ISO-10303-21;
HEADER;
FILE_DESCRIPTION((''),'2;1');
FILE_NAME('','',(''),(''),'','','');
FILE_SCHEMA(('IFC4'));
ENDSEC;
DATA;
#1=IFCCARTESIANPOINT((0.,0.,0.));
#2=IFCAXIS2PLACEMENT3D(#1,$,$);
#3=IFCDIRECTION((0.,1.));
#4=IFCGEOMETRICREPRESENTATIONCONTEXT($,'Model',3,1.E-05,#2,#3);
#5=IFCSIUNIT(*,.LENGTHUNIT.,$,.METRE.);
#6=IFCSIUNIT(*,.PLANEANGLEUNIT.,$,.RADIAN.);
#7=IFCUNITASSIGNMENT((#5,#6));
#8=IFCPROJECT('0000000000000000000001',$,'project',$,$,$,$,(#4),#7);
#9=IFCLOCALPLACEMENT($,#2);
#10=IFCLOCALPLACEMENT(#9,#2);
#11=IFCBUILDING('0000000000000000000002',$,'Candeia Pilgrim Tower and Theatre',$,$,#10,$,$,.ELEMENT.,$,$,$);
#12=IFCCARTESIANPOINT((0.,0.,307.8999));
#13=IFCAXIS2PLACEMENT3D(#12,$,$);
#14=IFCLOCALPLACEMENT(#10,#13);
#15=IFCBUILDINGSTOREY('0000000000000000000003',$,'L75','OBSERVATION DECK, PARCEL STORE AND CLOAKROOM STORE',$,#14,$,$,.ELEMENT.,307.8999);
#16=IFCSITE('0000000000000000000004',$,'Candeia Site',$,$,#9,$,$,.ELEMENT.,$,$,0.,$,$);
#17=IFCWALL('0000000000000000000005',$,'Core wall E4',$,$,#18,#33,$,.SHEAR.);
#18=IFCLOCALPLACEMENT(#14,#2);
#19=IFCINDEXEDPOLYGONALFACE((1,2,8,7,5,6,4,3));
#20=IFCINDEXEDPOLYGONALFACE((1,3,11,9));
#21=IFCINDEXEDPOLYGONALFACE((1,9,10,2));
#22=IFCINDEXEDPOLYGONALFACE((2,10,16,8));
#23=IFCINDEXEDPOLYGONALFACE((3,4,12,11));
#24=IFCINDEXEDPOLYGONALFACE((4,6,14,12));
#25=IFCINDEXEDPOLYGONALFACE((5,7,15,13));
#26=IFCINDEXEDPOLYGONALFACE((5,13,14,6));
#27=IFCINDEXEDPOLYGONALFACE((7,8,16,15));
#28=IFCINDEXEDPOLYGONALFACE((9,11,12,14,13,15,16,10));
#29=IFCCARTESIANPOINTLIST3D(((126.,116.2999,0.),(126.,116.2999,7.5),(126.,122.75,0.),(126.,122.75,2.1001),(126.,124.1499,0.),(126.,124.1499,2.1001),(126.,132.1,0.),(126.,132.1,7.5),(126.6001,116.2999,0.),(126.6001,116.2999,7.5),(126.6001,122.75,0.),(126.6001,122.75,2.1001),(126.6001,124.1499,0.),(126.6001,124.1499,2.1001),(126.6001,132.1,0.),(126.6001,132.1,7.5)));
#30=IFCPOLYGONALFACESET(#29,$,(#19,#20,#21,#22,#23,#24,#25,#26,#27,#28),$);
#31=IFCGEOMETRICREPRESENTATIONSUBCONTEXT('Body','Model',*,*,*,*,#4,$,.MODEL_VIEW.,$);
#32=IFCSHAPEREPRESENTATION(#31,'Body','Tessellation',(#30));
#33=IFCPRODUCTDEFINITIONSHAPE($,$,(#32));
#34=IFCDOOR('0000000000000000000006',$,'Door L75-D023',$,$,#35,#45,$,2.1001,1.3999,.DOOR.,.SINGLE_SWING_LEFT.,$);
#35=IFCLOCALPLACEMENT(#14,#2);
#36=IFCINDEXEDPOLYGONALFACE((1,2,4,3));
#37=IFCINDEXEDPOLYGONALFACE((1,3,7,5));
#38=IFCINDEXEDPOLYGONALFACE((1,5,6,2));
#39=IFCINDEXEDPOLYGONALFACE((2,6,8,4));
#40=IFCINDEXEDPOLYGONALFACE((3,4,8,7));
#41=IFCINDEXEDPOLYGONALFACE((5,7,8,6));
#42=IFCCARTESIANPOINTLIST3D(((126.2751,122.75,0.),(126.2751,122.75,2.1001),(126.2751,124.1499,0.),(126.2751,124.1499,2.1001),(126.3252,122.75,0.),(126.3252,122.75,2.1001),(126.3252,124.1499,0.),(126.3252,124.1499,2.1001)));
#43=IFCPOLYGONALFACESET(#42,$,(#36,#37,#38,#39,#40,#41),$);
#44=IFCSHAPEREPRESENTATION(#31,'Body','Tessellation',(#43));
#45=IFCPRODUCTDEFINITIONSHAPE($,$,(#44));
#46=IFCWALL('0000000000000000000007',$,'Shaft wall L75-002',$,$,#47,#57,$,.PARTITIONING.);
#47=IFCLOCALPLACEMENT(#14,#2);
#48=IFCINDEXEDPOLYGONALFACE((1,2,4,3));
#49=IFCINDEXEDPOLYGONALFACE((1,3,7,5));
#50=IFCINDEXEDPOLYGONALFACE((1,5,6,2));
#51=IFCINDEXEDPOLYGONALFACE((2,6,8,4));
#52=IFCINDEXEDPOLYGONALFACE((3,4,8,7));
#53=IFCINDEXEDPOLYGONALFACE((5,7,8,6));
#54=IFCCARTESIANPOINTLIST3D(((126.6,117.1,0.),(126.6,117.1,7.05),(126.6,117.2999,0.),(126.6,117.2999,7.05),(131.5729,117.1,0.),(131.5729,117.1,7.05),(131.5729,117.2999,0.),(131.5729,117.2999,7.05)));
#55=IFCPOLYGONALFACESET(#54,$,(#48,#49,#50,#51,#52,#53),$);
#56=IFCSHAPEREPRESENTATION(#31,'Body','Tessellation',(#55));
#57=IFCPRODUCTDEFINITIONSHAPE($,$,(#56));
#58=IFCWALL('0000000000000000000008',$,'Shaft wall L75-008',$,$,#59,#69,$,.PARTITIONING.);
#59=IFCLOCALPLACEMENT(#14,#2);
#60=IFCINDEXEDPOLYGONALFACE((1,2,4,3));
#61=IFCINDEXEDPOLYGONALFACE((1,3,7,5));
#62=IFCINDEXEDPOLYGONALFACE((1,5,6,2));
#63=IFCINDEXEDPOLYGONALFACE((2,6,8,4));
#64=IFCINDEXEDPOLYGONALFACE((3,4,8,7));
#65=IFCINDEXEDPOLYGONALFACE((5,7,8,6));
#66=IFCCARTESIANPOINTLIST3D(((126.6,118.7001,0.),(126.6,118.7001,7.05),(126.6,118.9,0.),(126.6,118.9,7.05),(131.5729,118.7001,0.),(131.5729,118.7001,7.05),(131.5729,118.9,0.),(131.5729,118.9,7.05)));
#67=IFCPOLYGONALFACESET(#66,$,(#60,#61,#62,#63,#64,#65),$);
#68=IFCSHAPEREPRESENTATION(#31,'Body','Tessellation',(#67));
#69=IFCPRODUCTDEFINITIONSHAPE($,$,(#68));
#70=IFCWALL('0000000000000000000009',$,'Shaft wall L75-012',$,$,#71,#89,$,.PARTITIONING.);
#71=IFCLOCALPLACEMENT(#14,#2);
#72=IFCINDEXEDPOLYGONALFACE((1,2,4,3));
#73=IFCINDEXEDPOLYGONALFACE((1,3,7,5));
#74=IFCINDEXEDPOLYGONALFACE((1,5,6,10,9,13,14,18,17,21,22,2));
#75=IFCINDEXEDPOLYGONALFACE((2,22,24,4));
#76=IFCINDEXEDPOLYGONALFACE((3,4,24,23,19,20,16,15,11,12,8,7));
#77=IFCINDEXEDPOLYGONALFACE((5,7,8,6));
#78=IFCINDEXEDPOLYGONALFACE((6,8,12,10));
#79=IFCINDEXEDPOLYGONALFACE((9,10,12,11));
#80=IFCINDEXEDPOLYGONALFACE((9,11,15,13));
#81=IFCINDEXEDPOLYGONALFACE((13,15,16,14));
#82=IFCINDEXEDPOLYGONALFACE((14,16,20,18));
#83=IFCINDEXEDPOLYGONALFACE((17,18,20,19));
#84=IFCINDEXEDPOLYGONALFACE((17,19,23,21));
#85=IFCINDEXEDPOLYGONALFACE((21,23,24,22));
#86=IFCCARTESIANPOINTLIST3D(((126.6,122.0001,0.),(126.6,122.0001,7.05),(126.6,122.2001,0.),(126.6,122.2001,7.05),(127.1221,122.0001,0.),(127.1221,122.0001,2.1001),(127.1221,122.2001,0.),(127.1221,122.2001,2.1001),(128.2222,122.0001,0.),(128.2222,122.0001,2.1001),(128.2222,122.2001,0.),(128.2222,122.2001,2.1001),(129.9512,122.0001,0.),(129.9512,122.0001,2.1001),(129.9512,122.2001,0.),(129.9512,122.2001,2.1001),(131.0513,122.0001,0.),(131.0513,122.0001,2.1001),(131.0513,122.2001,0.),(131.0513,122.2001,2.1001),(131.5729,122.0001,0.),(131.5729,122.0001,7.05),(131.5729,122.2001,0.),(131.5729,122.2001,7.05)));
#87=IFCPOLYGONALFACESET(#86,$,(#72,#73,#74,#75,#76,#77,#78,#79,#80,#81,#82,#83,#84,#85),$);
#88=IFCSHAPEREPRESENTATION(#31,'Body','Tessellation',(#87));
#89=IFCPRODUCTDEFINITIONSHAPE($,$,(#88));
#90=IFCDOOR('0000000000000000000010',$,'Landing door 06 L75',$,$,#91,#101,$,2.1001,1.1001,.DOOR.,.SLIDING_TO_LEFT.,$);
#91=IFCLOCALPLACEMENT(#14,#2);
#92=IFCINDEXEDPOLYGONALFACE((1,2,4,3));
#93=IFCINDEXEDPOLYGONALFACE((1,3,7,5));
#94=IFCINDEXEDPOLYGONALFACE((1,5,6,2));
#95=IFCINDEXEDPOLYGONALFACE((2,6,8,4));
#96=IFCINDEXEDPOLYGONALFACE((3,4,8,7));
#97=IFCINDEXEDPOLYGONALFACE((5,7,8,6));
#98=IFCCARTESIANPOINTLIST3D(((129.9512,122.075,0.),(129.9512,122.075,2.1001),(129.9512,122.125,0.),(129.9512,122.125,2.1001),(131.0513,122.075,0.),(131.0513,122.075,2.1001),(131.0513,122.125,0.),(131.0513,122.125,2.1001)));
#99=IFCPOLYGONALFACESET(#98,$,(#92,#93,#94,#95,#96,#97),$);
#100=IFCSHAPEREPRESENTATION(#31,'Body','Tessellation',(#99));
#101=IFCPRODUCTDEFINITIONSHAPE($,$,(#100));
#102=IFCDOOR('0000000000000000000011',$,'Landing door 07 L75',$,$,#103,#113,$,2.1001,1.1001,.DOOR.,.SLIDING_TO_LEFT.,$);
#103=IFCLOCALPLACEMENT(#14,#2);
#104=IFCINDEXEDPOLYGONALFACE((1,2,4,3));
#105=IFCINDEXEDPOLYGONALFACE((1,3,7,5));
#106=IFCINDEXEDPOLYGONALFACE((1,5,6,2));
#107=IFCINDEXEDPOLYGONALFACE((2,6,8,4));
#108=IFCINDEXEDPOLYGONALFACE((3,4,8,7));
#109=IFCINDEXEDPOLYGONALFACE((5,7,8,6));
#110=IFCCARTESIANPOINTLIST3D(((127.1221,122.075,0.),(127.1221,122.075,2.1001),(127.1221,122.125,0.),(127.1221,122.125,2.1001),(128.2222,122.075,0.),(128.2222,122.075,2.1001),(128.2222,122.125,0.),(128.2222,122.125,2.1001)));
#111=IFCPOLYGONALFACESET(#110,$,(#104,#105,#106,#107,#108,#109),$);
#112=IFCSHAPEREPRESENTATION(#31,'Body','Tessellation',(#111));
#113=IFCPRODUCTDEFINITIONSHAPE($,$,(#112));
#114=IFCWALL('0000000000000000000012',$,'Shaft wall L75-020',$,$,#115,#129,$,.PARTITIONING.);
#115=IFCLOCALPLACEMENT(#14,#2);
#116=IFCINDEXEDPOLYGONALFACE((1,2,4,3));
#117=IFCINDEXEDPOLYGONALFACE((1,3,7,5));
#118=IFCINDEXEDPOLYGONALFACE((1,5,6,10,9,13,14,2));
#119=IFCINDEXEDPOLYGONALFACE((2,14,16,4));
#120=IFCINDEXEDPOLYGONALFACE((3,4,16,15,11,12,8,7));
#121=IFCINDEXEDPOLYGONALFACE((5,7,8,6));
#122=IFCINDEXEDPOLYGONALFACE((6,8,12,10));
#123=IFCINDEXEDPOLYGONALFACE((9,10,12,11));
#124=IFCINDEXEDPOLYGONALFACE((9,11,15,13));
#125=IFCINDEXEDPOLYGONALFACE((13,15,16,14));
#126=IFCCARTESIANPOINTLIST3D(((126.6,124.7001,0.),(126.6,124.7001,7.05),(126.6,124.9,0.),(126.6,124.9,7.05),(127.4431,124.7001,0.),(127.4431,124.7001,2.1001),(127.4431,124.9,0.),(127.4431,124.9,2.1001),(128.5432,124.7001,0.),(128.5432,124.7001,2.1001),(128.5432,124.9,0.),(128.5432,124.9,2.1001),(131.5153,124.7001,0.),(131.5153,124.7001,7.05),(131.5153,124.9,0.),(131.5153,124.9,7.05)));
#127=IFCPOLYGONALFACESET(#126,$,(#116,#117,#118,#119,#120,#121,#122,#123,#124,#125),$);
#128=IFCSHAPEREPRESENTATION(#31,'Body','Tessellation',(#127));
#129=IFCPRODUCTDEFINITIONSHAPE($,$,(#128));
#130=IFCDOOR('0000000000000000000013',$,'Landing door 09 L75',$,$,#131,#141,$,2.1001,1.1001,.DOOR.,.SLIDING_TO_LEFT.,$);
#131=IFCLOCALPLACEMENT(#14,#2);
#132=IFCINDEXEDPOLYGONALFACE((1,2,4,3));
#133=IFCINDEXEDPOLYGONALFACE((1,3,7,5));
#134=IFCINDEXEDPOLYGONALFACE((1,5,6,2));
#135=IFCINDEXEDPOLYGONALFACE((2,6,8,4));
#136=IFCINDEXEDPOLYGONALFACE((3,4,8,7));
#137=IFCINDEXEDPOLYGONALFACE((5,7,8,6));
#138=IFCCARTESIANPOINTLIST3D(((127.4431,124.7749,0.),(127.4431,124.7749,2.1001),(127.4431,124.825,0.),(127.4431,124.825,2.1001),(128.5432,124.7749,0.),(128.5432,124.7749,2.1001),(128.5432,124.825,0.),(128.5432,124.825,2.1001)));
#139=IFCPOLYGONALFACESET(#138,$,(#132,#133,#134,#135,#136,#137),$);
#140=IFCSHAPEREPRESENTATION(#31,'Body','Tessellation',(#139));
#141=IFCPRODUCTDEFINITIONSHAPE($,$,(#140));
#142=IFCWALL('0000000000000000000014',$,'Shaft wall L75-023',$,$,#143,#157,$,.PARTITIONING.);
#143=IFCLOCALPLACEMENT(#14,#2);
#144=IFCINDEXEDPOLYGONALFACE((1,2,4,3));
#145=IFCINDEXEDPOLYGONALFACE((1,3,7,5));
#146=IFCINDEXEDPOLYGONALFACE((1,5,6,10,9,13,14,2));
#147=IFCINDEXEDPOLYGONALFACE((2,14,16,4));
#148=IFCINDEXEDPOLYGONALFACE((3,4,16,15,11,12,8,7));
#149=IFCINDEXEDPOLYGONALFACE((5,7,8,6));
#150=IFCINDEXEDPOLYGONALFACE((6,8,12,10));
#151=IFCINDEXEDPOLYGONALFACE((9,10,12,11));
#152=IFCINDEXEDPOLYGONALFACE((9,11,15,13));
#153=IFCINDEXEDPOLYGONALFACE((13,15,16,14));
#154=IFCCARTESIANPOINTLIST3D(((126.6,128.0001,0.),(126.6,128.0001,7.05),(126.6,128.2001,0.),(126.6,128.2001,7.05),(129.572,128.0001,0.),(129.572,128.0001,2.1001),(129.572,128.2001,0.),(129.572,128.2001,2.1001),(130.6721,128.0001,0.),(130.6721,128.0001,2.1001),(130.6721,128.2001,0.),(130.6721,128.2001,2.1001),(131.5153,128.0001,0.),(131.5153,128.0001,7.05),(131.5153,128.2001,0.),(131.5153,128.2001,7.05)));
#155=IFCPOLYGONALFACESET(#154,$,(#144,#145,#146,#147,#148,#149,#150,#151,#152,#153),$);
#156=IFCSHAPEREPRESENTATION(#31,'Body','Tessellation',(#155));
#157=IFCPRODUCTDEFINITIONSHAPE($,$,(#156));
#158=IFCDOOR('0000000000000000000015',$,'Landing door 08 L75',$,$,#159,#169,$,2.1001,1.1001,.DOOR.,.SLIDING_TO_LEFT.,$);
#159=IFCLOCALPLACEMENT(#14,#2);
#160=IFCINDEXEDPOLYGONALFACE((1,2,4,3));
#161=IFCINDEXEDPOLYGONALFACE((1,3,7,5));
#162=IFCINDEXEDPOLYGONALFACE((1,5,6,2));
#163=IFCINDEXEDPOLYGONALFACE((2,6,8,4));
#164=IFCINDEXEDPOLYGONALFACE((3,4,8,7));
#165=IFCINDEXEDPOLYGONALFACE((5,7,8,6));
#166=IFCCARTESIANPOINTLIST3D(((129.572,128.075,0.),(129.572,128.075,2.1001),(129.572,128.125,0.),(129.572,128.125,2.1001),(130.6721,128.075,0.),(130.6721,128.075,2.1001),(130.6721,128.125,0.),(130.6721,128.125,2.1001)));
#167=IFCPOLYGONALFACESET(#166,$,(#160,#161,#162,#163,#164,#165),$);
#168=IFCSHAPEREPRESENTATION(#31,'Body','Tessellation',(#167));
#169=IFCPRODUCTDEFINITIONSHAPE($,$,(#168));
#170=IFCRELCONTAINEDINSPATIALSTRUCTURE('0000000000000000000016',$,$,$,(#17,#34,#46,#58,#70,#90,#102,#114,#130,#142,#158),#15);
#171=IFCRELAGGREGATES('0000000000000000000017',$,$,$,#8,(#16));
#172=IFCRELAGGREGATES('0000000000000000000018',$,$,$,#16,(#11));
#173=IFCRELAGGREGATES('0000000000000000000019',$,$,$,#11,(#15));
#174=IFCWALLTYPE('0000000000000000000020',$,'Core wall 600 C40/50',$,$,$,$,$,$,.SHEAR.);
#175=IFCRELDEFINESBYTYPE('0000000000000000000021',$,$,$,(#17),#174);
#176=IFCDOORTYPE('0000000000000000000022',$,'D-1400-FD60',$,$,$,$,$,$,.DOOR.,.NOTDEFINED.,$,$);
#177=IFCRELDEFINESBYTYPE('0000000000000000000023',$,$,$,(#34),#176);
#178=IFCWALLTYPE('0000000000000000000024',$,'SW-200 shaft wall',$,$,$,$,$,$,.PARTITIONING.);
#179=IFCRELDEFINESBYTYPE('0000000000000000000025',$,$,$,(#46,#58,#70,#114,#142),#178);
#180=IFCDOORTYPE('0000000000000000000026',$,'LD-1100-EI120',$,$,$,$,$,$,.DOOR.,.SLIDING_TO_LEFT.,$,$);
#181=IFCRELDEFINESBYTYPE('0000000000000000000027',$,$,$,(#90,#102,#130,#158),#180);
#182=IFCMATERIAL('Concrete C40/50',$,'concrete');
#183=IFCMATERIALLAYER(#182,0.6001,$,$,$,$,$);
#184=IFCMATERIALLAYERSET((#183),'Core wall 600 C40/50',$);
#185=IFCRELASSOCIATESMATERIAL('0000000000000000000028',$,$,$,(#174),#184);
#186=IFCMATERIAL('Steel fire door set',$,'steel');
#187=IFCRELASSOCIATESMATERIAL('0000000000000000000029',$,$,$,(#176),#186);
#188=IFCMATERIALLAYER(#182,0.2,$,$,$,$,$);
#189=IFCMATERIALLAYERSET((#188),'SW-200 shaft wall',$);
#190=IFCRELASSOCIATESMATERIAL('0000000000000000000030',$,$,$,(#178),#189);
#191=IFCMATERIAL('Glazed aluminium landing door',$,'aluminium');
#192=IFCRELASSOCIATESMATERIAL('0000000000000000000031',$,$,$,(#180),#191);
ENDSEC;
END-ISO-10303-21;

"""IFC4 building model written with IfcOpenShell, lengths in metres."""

from ifc_helpers import new_model, si_unit, direction, frame, frame_2d, origin, place, context, subcontext, project, spatial, rectangle, extrude, material, layer, layer_set, type_object, element, fill, save


model = new_model("IFC4")

# Units and contexts
model_context = context("Model", 3, precision=1e-05, world=origin(), true_north=direction((0.0, 1.0)))
body_context = subcontext(model_context, "Body", "Model", "MODEL_VIEW")
ifc_project = project(units=[si_unit("LENGTHUNIT", "METRE"), si_unit("PLANEANGLEUNIT", "RADIAN")], contexts=[model_context])

# Site, building, storey
site_placement = place(None, origin())
site = spatial("IfcSite", under=ifc_project, at=site_placement, Name="Candeia Site", CompositionType="ELEMENT", RefElevation=0.0)
building_placement = place(site_placement, origin())
building = spatial("IfcBuilding", under=site, at=building_placement, Name="Candeia Pilgrim Tower and Theatre", CompositionType="ELEMENT")
storey_placement = place(building_placement, frame((0.0, 0.0, 307.8999)))
storey = spatial("IfcBuildingStorey", under=building, at=storey_placement, Name="L75", Description="OBSERVATION DECK, PARCEL STORE AND CLOAKROOM STORE", CompositionType="ELEMENT", Elevation=307.8999)

# Shared definitions
ifc_material_1 = material(Name="Concrete C40/50", Category="concrete")

# Wall, opening, door
ifc_layer_1 = layer(ifc_material_1, 0.6001)
ifc_layer_set_1 = layer_set([ifc_layer_1], Name="Core wall 600 C40/50")
wall_type_1 = type_object("IfcWallType", Name="Core wall 600 C40/50", PredefinedType="SHEAR", material=ifc_layer_set_1)
wall_1_placement = place(storey_placement, frame((126.3, 116.3, 0.0), z_axis=(0.0, 0.0, 1.0), x_axis=(0.0, 1.0, 0.0)))
wall_1 = element("IfcWall", 1, at=wall_1_placement, inside=storey, type_object=wall_type_1, Name="Core wall E4", PredefinedType="SHEAR", context=body_context, shape_type="SweptSolid", body=[
    extrude(rectangle(XDim=15.8, YDim=0.6001, at=frame_2d((7.8999, 0.0))), origin(), (0.0, 0.0, 1.0), 7.5),
])
opening_1_placement = place(wall_1_placement, frame((6.45, 0.0, 0.0)))
opening_1 = element("IfcOpeningElement", 2, at=opening_1_placement, cuts=wall_1, PredefinedType="OPENING", context=body_context, shape_type="SweptSolid", body=[
    extrude(rectangle(XDim=1.3999, YDim=2.1001, at=frame_2d((0.7, 1.05))), frame((0.0, 0.3101, 0.0), z_axis=(0.0, -1.0, 0.0), x_axis=(1.0, 0.0, 0.0)), (0.0, 0.0, 1.0), 0.6201),
])
ifc_material_2 = material(Name="Steel fire door set", Category="steel")
door_type_1 = type_object("IfcDoorType", Name="D-1400-FD60", OperationType="NOTDEFINED", PredefinedType="DOOR", material=ifc_material_2)
door_1_placement = place(opening_1_placement, origin())
door_1 = element("IfcDoor", 3, at=door_1_placement, inside=storey, type_object=door_type_1, Name="Door L75-D023", OperationType="SINGLE_SWING_LEFT", OverallHeight=2.1001, OverallWidth=1.3999, PredefinedType="DOOR", context=body_context, shape_type="SweptSolid", body=[
    extrude(rectangle(XDim=1.3999, YDim=2.1001, at=frame_2d((0.7, 1.05))), frame((0.0, 0.0249, 0.0), z_axis=(0.0, -1.0, 0.0), x_axis=(1.0, 0.0, 0.0)), (0.0, 0.0, 1.0), 0.05),
])
fill(opening_1, door_1)

# Walls
ifc_layer_2 = layer(ifc_material_1, 0.2)
ifc_layer_set_2 = layer_set([ifc_layer_2], Name="SW-200 shaft wall")
wall_type_2 = type_object("IfcWallType", Name="SW-200 shaft wall", PredefinedType="PARTITIONING", material=ifc_layer_set_2)
for number, where, z_axis, x_axis, name in (
    (4, (126.6001, 117.2, 0.0), (0.0, 0.0, 1.0), (1.0, 0.0, 0.0), "Shaft wall L75-002"),
    (5, (126.6001, 118.8, 0.0), (0.0, 0.0, 1.0), (1.0, 0.0, 0.0), "Shaft wall L75-008"),
):
    element("IfcWall", number, at=place(storey_placement, frame(where, z_axis=z_axis, x_axis=x_axis)), inside=storey, type_object=wall_type_2, Name=name, PredefinedType="PARTITIONING", context=body_context, shape_type="SweptSolid", body=[
        extrude(rectangle(XDim=4.9729, YDim=0.2, at=frame_2d((2.4863, 0.0))), origin(), (0.0, 0.0, 1.0), 7.05),
    ])

# Wall, openings, doors
wall_2_placement = place(storey_placement, frame((126.6001, 122.1001, 0.0), z_axis=(0.0, 0.0, 1.0), x_axis=(1.0, 0.0, 0.0)))
wall_2 = element("IfcWall", 6, at=wall_2_placement, inside=storey, type_object=wall_type_2, Name="Shaft wall L75-012", PredefinedType="PARTITIONING", context=body_context, shape_type="SweptSolid", body=[
    extrude(rectangle(XDim=4.9729, YDim=0.2, at=frame_2d((2.4863, 0.0))), origin(), (0.0, 0.0, 1.0), 7.05),
])
opening_2_placement = place(wall_2_placement, frame((3.3511, 0.0, 0.0)))
opening_2 = element("IfcOpeningElement", 7, at=opening_2_placement, cuts=wall_2, PredefinedType="OPENING", context=body_context, shape_type="SweptSolid", body=[
    extrude(rectangle(XDim=1.1001, YDim=2.1001, at=frame_2d((0.55, 1.05))), frame((0.0, 0.1099, 0.0), z_axis=(0.0, -1.0, 0.0), x_axis=(1.0, 0.0, 0.0)), (0.0, 0.0, 1.0), 0.22),
])
opening_3_placement = place(wall_2_placement, frame((0.522, 0.0, 0.0)))
opening_3 = element("IfcOpeningElement", 8, at=opening_3_placement, cuts=wall_2, PredefinedType="OPENING", context=body_context, shape_type="SweptSolid", body=[
    extrude(rectangle(XDim=1.1001, YDim=2.1001, at=frame_2d((0.55, 1.05))), frame((0.0, 0.1099, 0.0), z_axis=(0.0, -1.0, 0.0), x_axis=(1.0, 0.0, 0.0)), (0.0, 0.0, 1.0), 0.22),
])
ifc_material_3 = material(Name="Glazed aluminium landing door", Category="aluminium")
door_type_2 = type_object("IfcDoorType", Name="LD-1100-EI120", OperationType="SLIDING_TO_LEFT", PredefinedType="DOOR", material=ifc_material_3)
door_2_placement = place(opening_2_placement, origin())
door_2 = element("IfcDoor", 9, at=door_2_placement, inside=storey, type_object=door_type_2, Name="Landing door 06 L75", OperationType="SLIDING_TO_LEFT", OverallHeight=2.1001, OverallWidth=1.1001, PredefinedType="DOOR", context=body_context, shape_type="SweptSolid", body=[
    extrude(rectangle(XDim=1.1001, YDim=2.1001, at=frame_2d((0.55, 1.05))), frame((0.0, 0.0249, 0.0), z_axis=(0.0, -1.0, 0.0), x_axis=(1.0, 0.0, 0.0)), (0.0, 0.0, 1.0), 0.05),
])
fill(opening_2, door_2)
door_3_placement = place(opening_3_placement, origin())
door_3 = element("IfcDoor", 10, at=door_3_placement, inside=storey, type_object=door_type_2, Name="Landing door 07 L75", OperationType="SLIDING_TO_LEFT", OverallHeight=2.1001, OverallWidth=1.1001, PredefinedType="DOOR", context=body_context, shape_type="SweptSolid", body=[
    extrude(rectangle(XDim=1.1001, YDim=2.1001, at=frame_2d((0.55, 1.05))), frame((0.0, 0.0249, 0.0), z_axis=(0.0, -1.0, 0.0), x_axis=(1.0, 0.0, 0.0)), (0.0, 0.0, 1.0), 0.05),
])
fill(opening_3, door_3)

# Walls, openings, doors
wall_3_placement = place(storey_placement, frame((126.6001, 124.8, 0.0), z_axis=(0.0, 0.0, 1.0), x_axis=(1.0, 0.0, 0.0)))
wall_3 = element("IfcWall", 11, at=wall_3_placement, inside=storey, type_object=wall_type_2, Name="Shaft wall L75-020", PredefinedType="PARTITIONING", context=body_context, shape_type="SweptSolid", body=[
    extrude(rectangle(XDim=4.9153, YDim=0.2, at=frame_2d((2.4575, 0.0))), origin(), (0.0, 0.0, 1.0), 7.05),
])
opening_4_placement = place(wall_3_placement, frame((0.843, 0.0, 0.0)))
opening_4 = element("IfcOpeningElement", 12, at=opening_4_placement, cuts=wall_3, PredefinedType="OPENING", context=body_context, shape_type="SweptSolid", body=[
    extrude(rectangle(XDim=1.1001, YDim=2.1001, at=frame_2d((0.55, 1.05))), frame((0.0, 0.1099, 0.0), z_axis=(0.0, -1.0, 0.0), x_axis=(1.0, 0.0, 0.0)), (0.0, 0.0, 1.0), 0.22),
])
door_4_placement = place(opening_4_placement, origin())
door_4 = element("IfcDoor", 13, at=door_4_placement, inside=storey, type_object=door_type_2, Name="Landing door 09 L75", OperationType="SLIDING_TO_LEFT", OverallHeight=2.1001, OverallWidth=1.1001, PredefinedType="DOOR", context=body_context, shape_type="SweptSolid", body=[
    extrude(rectangle(XDim=1.1001, YDim=2.1001, at=frame_2d((0.55, 1.05))), frame((0.0, 0.0249, 0.0), z_axis=(0.0, -1.0, 0.0), x_axis=(1.0, 0.0, 0.0)), (0.0, 0.0, 1.0), 0.05),
])
fill(opening_4, door_4)
wall_4_placement = place(storey_placement, frame((126.6001, 128.1001, 0.0), z_axis=(0.0, 0.0, 1.0), x_axis=(1.0, 0.0, 0.0)))
wall_4 = element("IfcWall", 14, at=wall_4_placement, inside=storey, type_object=wall_type_2, Name="Shaft wall L75-023", PredefinedType="PARTITIONING", context=body_context, shape_type="SweptSolid", body=[
    extrude(rectangle(XDim=4.9153, YDim=0.2, at=frame_2d((2.4575, 0.0))), origin(), (0.0, 0.0, 1.0), 7.05),
])
opening_5_placement = place(wall_4_placement, frame((2.9719, 0.0, 0.0)))
opening_5 = element("IfcOpeningElement", 15, at=opening_5_placement, cuts=wall_4, PredefinedType="OPENING", context=body_context, shape_type="SweptSolid", body=[
    extrude(rectangle(XDim=1.1001, YDim=2.1001, at=frame_2d((0.55, 1.05))), frame((0.0, 0.1099, 0.0), z_axis=(0.0, -1.0, 0.0), x_axis=(1.0, 0.0, 0.0)), (0.0, 0.0, 1.0), 0.22),
])
door_5_placement = place(opening_5_placement, origin())
door_5 = element("IfcDoor", 16, at=door_5_placement, inside=storey, type_object=door_type_2, Name="Landing door 08 L75", OperationType="SLIDING_TO_LEFT", OverallHeight=2.1001, OverallWidth=1.1001, PredefinedType="DOOR", context=body_context, shape_type="SweptSolid", body=[
    extrude(rectangle(XDim=1.1001, YDim=2.1001, at=frame_2d((0.55, 1.05))), frame((0.0, 0.0249, 0.0), z_axis=(0.0, -1.0, 0.0), x_axis=(1.0, 0.0, 0.0)), (0.0, 0.0, 1.0), 0.05),
])
fill(opening_5, door_5)

save(model, "model.ifc")
